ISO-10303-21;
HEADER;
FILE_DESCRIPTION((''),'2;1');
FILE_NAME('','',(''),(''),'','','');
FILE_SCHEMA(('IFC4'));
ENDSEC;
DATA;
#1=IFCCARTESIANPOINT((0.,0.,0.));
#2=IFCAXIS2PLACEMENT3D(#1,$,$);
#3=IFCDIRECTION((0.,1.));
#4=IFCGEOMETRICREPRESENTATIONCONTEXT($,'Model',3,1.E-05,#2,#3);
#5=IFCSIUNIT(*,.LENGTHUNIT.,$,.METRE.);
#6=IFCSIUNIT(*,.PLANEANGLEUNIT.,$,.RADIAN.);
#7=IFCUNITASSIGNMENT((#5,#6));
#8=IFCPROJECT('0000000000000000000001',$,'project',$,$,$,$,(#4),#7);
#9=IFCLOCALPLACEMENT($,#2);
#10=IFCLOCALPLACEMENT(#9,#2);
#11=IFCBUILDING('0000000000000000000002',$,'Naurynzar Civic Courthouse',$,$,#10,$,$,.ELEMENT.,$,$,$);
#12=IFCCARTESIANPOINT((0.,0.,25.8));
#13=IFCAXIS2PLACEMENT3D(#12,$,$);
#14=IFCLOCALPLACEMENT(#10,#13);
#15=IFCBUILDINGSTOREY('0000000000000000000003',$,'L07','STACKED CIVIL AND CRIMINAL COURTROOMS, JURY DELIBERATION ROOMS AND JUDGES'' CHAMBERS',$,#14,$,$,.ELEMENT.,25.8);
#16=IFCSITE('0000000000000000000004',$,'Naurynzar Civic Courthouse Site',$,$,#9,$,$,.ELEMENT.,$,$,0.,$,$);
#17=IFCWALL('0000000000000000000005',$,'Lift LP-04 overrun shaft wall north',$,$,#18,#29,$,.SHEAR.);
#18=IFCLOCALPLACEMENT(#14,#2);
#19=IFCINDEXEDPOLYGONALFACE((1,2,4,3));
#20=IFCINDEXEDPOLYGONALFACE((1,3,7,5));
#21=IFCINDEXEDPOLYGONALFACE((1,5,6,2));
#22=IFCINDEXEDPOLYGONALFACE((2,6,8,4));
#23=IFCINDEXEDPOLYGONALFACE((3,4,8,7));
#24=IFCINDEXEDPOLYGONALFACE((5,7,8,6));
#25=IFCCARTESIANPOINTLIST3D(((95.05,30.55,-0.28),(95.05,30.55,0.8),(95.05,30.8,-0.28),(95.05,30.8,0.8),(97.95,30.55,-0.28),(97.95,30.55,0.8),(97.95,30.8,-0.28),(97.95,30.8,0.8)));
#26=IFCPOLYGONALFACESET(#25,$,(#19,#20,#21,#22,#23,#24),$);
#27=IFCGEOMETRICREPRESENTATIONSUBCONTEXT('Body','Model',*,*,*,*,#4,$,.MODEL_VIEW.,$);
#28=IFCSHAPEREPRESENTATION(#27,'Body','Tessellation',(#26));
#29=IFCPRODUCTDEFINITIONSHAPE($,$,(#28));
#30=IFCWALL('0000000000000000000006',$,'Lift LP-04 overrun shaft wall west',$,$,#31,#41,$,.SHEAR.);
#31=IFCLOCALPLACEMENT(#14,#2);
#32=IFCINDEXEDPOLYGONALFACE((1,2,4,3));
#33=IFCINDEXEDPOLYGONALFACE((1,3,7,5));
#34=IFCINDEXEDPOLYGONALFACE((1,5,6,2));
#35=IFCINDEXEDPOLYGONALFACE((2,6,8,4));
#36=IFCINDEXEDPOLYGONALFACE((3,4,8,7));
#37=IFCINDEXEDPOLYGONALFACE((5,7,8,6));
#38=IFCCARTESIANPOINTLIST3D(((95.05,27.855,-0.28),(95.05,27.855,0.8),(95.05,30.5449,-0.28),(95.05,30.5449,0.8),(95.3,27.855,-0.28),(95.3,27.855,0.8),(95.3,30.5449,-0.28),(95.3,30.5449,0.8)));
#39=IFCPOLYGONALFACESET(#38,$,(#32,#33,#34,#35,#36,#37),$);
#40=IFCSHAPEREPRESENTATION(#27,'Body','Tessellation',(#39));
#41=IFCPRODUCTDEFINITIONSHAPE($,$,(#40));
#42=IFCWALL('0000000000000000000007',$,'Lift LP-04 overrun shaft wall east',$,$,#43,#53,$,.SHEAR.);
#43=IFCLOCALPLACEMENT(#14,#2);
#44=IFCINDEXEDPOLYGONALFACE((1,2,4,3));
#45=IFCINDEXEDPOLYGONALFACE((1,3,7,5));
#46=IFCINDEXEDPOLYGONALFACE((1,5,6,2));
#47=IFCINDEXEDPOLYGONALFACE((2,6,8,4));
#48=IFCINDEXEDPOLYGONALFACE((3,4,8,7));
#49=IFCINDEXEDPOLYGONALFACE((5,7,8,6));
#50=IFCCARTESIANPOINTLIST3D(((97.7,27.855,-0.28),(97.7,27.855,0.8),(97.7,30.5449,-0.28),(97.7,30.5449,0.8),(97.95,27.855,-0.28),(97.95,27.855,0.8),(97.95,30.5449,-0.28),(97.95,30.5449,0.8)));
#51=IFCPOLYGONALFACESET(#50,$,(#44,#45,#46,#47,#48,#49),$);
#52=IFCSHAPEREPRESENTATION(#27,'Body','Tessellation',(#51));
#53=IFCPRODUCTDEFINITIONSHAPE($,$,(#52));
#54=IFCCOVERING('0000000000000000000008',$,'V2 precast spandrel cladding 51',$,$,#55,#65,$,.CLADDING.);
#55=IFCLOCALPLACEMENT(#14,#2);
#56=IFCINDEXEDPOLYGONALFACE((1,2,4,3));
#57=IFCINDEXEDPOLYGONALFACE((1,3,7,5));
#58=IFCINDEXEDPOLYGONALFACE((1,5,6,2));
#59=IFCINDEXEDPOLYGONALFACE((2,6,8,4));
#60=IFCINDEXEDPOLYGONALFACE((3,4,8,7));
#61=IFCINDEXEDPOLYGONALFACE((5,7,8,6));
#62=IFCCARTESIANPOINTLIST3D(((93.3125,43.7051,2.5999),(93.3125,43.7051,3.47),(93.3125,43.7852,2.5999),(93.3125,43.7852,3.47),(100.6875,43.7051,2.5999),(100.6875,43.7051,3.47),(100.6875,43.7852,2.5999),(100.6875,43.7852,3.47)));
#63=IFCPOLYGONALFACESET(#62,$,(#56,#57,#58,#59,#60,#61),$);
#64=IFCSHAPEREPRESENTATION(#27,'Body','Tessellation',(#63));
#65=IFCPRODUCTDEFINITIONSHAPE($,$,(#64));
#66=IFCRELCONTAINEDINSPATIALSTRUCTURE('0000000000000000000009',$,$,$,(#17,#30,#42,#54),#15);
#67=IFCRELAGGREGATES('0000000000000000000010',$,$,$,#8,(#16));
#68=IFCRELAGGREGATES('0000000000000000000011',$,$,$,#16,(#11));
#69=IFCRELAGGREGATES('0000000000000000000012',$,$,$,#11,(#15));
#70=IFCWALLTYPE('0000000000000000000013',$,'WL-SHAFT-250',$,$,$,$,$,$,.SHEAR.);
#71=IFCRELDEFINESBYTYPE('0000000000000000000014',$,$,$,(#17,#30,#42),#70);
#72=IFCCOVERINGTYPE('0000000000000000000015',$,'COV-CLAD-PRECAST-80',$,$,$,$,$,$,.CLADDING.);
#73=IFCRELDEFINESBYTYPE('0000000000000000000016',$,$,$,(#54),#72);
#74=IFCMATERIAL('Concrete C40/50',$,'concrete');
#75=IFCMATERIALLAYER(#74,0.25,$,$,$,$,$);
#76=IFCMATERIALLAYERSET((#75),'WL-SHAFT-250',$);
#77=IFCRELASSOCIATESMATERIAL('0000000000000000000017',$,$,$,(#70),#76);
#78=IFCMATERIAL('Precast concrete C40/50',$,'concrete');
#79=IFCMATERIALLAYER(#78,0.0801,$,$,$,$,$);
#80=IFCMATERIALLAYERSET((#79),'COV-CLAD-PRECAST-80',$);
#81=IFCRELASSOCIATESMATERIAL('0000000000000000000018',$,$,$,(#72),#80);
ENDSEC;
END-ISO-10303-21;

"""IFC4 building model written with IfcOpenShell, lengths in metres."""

from ifc_helpers import new_model, si_unit, direction, frame, frame_2d, origin, origin_2d, place, context, subcontext, project, spatial, rectangle, extrude, material, layer, layer_set, type_object, element, save


model = new_model("IFC4")

# Units and contexts
model_context = context("Model", 3, precision=1e-05, world=origin(), true_north=direction((0.0, 1.0)))
body_context = subcontext(model_context, "Body", "Model", "MODEL_VIEW")
ifc_project = project(units=[si_unit("LENGTHUNIT", "METRE"), si_unit("PLANEANGLEUNIT", "RADIAN")], contexts=[model_context])

# Site, building, storey
site_placement = place(None, origin())
site = spatial("IfcSite", under=ifc_project, at=site_placement, Name="Naurynzar Civic Courthouse Site", CompositionType="ELEMENT", RefElevation=0.0)
building_placement = place(site_placement, origin())
building = spatial("IfcBuilding", under=site, at=building_placement, Name="Naurynzar Civic Courthouse", CompositionType="ELEMENT")
storey_placement = place(building_placement, frame((0.0, 0.0, 25.8)))
storey = spatial("IfcBuildingStorey", under=building, at=storey_placement, Name="L07", Description="STACKED CIVIL AND CRIMINAL COURTROOMS, JURY DELIBERATION ROOMS AND JUDGES' CHAMBERS", CompositionType="ELEMENT", Elevation=25.8)

# Walls
ifc_material_1 = material(Name="Concrete C40/50", Category="concrete")
ifc_layer_1 = layer(ifc_material_1, 0.25)
ifc_layer_set_1 = layer_set([ifc_layer_1], Name="WL-SHAFT-250")
wall_type_1 = type_object("IfcWallType", Name="WL-SHAFT-250", PredefinedType="SHEAR", material=ifc_layer_set_1)
for number, where, z_axis, x_axis, name in (
    (1, (97.95, 30.675, -0.28), (0.0, 0.0, 1.0), (-1.0, 0.0, 0.0), "Lift LP-04 overrun shaft wall north"),
):
    element("IfcWall", number, at=place(storey_placement, frame(where, z_axis=z_axis, x_axis=x_axis)), inside=storey, type_object=wall_type_1, Name=name, PredefinedType="SHEAR", context=body_context, shape_type="SweptSolid", body=[
        extrude(rectangle(XDim=2.8999, YDim=0.25, at=frame_2d((1.45, 0.0))), origin(), (0.0, 0.0, 1.0), 1.0801),
    ])
for number, where, z_axis, x_axis, name in (
    (2, (95.175, 30.5449, -0.28), (0.0, 0.0, 1.0), (0.0, -1.0, 0.0), "Lift LP-04 overrun shaft wall west"),
    (3, (97.825, 27.855, -0.28), (0.0, 0.0, 1.0), (0.0, 1.0, 0.0), "Lift LP-04 overrun shaft wall east"),
):
    element("IfcWall", number, at=place(storey_placement, frame(where, z_axis=z_axis, x_axis=x_axis)), inside=storey, type_object=wall_type_1, Name=name, PredefinedType="SHEAR", context=body_context, shape_type="SweptSolid", body=[
        extrude(rectangle(XDim=2.6899, YDim=0.25, at=frame_2d((1.345, 0.0))), origin(), (0.0, 0.0, 1.0), 1.0801),
    ])

# Covering
ifc_material_2 = material(Name="Precast concrete C40/50", Category="concrete")
ifc_layer_2 = layer(ifc_material_2, 0.0801)
ifc_layer_set_2 = layer_set([ifc_layer_2], Name="COV-CLAD-PRECAST-80")
covering_type = type_object("IfcCoveringType", Name="COV-CLAD-PRECAST-80", PredefinedType="CLADDING", material=ifc_layer_set_2)
covering_placement = place(storey_placement, frame((97.0, 43.7451, 2.5999), z_axis=(0.0, 0.0, 1.0), x_axis=(-1.0, 0.0, 0.0)))
element("IfcCovering", 4, at=covering_placement, inside=storey, type_object=covering_type, Name="V2 precast spandrel cladding 51", PredefinedType="CLADDING", context=body_context, shape_type="SweptSolid", body=[
    extrude(rectangle(XDim=7.375, YDim=0.0801, at=origin_2d()), origin(), (0.0, 0.0, 1.0), 0.8701),
])

save(model, "model.ifc")
